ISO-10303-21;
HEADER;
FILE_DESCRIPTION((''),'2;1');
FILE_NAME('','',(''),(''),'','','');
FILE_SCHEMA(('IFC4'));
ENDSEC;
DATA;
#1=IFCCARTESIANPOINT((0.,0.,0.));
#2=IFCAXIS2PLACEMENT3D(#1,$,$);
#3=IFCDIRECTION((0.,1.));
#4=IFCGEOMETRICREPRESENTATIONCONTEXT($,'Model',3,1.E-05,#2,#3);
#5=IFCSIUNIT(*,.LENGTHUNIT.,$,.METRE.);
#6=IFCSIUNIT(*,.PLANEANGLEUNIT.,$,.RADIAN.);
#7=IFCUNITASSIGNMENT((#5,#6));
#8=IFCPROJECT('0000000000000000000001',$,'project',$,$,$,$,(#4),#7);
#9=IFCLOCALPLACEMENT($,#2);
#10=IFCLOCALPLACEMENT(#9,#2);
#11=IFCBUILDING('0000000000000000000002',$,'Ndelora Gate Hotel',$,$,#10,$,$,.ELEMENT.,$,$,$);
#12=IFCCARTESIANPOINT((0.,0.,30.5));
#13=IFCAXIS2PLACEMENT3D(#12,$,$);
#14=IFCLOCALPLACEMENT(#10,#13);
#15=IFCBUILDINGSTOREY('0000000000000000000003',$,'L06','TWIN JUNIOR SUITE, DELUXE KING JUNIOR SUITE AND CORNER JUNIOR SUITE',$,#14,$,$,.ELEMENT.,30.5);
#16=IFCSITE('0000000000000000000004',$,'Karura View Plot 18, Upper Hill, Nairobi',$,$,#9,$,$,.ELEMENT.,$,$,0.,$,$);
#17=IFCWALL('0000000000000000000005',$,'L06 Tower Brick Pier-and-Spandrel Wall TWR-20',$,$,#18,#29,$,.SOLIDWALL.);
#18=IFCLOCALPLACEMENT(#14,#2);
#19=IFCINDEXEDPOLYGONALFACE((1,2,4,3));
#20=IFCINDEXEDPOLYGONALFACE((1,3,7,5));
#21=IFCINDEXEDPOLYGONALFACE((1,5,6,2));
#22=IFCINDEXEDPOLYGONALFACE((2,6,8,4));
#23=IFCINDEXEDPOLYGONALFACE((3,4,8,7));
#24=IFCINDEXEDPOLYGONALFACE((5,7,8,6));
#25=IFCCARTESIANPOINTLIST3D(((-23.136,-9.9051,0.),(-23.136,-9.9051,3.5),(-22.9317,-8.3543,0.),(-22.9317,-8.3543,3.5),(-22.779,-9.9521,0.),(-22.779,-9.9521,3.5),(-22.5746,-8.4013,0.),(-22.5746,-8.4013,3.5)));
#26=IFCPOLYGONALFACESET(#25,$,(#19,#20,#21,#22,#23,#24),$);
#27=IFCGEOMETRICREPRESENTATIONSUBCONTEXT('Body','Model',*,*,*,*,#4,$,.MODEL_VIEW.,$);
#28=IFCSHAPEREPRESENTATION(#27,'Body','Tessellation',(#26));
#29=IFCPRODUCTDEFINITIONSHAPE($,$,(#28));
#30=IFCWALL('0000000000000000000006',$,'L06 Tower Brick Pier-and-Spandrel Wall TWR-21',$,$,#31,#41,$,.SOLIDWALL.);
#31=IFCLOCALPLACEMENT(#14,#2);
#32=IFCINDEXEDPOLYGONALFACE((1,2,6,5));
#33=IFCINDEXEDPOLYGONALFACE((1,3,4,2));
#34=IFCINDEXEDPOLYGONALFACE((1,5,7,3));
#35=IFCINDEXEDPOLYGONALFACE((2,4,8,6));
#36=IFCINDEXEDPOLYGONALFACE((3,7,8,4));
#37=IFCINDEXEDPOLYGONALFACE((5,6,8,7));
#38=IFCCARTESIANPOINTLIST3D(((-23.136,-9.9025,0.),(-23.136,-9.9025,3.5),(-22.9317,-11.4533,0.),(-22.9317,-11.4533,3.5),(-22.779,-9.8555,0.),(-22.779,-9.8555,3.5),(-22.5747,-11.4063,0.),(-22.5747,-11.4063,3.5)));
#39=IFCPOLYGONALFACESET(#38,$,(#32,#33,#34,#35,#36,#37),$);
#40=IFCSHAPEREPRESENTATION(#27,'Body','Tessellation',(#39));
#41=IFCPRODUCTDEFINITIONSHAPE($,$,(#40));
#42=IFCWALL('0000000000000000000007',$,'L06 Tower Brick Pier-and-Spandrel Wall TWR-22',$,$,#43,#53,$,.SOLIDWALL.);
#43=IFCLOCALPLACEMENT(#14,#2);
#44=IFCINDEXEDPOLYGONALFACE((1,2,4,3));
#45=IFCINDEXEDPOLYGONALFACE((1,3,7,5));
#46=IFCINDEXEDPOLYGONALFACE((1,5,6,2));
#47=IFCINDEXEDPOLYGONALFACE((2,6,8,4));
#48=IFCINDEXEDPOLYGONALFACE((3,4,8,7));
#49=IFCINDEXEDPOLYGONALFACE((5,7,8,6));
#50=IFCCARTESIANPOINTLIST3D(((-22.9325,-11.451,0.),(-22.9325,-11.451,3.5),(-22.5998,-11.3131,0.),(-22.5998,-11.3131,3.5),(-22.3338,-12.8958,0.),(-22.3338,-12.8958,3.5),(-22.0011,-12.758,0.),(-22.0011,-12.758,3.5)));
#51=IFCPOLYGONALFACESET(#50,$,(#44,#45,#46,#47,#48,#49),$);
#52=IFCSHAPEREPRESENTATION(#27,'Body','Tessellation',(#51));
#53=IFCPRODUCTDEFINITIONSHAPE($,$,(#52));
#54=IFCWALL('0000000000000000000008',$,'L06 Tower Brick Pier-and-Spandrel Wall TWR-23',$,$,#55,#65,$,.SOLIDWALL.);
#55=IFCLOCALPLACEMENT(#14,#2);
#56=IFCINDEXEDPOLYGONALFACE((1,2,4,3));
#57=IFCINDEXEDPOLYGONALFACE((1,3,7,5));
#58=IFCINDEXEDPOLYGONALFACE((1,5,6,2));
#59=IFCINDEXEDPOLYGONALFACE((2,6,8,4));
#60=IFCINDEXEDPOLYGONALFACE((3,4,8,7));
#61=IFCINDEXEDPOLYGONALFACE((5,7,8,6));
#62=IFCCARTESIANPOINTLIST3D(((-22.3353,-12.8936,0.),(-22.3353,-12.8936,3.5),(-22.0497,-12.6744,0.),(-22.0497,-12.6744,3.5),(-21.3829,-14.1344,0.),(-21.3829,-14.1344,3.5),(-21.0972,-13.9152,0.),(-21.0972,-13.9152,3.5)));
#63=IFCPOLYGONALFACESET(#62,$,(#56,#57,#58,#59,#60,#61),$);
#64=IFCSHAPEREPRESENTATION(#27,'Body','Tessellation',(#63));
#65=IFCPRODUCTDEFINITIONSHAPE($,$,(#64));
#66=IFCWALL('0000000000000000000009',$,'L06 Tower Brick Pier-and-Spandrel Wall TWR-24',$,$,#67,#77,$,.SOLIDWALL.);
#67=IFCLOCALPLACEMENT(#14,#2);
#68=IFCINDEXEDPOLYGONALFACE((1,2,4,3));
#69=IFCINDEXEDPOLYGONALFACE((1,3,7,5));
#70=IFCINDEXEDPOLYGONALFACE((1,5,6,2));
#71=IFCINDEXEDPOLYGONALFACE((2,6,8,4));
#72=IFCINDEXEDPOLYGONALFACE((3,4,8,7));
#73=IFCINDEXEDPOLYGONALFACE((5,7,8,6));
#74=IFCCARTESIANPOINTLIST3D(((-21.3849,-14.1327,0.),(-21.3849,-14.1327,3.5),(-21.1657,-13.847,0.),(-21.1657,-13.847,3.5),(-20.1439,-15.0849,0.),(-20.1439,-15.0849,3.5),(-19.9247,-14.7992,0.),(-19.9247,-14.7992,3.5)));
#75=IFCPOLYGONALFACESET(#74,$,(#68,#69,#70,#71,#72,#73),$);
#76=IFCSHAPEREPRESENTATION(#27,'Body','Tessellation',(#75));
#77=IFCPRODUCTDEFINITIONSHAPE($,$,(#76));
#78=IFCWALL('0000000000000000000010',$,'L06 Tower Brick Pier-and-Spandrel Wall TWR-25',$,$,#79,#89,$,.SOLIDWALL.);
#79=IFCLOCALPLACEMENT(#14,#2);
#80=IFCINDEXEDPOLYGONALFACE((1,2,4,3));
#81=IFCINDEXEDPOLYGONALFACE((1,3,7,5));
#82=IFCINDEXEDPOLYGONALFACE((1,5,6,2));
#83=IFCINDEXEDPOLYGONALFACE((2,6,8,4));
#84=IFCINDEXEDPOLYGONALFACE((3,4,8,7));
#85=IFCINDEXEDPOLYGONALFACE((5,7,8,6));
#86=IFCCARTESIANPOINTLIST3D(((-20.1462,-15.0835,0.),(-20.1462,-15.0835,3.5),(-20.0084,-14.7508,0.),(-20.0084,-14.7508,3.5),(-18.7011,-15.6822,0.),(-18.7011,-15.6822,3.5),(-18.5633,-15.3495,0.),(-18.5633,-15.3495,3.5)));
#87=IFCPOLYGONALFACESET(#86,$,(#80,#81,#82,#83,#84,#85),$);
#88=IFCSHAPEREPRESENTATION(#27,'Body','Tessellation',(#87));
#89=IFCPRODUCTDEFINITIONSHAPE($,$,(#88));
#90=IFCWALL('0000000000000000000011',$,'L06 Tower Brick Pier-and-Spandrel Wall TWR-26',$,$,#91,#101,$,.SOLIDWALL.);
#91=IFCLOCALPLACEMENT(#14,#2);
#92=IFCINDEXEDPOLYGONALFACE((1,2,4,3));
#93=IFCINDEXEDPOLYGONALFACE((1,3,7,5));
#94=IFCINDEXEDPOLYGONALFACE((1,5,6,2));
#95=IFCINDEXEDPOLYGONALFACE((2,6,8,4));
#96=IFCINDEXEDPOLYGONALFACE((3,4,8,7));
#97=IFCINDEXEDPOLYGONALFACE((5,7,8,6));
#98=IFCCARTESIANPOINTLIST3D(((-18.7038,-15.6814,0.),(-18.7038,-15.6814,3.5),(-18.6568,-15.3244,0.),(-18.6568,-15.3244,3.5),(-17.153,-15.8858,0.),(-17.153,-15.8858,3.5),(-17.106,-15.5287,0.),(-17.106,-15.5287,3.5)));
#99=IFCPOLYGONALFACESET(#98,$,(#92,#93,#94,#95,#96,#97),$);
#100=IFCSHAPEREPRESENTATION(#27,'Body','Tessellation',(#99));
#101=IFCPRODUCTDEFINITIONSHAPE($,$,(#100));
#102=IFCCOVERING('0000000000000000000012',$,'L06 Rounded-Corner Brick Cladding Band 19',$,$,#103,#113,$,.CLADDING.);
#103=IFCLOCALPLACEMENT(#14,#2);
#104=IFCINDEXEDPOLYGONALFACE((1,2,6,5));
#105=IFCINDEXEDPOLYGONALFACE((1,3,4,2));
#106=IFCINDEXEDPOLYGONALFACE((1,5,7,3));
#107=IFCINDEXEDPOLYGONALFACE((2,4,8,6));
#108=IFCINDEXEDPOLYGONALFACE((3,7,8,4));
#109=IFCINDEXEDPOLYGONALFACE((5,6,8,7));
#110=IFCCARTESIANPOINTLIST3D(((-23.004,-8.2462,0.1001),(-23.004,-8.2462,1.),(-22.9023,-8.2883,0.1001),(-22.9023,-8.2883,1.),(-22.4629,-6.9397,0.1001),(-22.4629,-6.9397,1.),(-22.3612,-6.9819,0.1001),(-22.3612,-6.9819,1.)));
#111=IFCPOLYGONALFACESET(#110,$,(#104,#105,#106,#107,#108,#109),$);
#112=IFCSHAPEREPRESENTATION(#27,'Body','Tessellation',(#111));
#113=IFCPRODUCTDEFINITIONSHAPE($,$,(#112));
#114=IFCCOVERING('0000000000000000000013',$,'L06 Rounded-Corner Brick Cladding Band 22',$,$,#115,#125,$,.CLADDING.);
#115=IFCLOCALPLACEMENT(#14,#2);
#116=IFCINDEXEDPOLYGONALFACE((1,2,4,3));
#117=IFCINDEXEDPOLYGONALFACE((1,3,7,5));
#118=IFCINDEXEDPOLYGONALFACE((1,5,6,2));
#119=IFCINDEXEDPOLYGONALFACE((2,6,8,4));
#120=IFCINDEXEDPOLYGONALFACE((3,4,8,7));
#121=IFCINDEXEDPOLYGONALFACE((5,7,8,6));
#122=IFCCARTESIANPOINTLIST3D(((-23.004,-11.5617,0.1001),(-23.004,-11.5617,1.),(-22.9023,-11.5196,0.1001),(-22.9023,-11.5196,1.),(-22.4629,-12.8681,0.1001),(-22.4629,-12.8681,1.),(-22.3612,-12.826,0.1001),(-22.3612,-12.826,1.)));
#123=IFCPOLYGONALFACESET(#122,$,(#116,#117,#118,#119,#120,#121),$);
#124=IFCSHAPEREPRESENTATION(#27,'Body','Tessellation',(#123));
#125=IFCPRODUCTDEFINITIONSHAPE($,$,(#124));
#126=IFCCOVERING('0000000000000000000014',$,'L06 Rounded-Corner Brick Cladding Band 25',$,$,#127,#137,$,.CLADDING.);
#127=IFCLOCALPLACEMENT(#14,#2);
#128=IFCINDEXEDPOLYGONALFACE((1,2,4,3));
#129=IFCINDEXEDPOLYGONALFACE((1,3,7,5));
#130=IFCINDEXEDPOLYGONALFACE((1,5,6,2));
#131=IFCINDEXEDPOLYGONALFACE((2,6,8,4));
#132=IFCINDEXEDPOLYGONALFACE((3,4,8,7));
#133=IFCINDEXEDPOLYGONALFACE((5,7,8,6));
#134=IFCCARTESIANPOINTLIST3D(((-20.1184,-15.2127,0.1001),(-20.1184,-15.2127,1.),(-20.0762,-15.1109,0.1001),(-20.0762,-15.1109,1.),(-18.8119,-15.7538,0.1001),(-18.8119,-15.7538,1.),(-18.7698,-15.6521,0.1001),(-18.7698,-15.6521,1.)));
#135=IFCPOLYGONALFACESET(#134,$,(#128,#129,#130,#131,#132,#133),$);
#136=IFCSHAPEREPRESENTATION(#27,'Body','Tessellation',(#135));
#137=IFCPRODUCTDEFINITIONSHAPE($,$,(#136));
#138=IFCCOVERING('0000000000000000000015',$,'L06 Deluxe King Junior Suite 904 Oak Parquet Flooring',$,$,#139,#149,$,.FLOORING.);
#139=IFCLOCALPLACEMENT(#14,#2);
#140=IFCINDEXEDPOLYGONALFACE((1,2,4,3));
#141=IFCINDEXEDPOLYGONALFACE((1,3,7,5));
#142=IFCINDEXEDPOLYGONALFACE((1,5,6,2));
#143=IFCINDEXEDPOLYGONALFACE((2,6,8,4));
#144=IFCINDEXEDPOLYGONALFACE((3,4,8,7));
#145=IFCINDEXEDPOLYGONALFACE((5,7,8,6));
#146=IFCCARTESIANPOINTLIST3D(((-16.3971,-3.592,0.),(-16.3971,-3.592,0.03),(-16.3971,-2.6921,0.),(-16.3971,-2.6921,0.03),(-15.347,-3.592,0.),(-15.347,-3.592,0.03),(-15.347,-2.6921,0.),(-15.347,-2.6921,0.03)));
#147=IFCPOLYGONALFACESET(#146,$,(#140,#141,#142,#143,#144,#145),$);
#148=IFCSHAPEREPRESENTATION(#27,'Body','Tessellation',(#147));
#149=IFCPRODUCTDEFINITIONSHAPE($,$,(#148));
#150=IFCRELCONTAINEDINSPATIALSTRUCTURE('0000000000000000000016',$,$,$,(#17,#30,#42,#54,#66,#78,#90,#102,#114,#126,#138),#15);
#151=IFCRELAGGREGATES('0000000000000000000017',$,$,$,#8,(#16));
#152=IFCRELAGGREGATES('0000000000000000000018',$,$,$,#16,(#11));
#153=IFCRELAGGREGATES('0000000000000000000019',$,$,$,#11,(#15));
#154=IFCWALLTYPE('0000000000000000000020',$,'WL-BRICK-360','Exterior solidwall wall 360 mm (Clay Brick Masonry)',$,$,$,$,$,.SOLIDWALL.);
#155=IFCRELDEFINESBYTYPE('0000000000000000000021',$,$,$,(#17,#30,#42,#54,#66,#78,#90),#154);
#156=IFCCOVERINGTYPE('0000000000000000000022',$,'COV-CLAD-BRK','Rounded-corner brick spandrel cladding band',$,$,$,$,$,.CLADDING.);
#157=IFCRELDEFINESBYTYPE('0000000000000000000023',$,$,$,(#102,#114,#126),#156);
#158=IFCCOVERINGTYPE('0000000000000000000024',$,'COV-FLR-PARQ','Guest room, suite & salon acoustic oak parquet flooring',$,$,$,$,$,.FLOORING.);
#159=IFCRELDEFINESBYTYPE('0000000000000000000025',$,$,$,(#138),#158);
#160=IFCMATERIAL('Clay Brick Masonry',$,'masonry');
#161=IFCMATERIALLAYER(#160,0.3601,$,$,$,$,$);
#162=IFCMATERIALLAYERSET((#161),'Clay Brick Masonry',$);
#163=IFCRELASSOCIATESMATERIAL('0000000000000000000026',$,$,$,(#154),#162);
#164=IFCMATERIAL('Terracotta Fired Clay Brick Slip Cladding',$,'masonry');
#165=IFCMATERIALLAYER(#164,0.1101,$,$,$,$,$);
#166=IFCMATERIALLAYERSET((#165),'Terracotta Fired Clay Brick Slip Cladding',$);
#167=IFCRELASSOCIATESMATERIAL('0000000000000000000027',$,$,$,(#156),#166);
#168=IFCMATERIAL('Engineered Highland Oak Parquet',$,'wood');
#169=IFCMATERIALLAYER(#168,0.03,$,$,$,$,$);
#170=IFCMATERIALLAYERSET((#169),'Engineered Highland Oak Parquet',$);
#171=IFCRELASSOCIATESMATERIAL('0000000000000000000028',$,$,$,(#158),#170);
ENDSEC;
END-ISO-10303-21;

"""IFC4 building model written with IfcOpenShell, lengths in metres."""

from ifc_helpers import new_model, si_unit, direction, frame, frame_2d, origin, origin_2d, place, context, subcontext, project, spatial, rectangle, extrude, material, layer, layer_set, type_object, element, save


model = new_model("IFC4")

# Units and contexts
model_context = context("Model", 3, precision=1e-05, world=origin(), true_north=direction((0.0, 1.0)))
body_context = subcontext(model_context, "Body", "Model", "MODEL_VIEW")
ifc_project = project(units=[si_unit("LENGTHUNIT", "METRE"), si_unit("PLANEANGLEUNIT", "RADIAN")], contexts=[model_context])

# Site, building, storey
site_placement = place(None, origin())
site = spatial("IfcSite", under=ifc_project, at=site_placement, Name="Karura View Plot 18, Upper Hill, Nairobi", CompositionType="ELEMENT", RefElevation=0.0)
building_placement = place(site_placement, origin())
building = spatial("IfcBuilding", under=site, at=building_placement, Name="Ndelora Gate Hotel", CompositionType="ELEMENT")
storey_placement = place(building_placement, frame((0.0, 0.0, 30.5)))
storey = spatial("IfcBuildingStorey", under=building, at=storey_placement, Name="L06", Description="TWIN JUNIOR SUITE, DELUXE KING JUNIOR SUITE AND CORNER JUNIOR SUITE", CompositionType="ELEMENT", Elevation=30.5)

# Shared definitions
ifc_material_1 = material(Name="Clay Brick Masonry", Category="masonry")
ifc_layer_1 = layer(ifc_material_1, 0.3601)
ifc_layer_set_1 = layer_set([ifc_layer_1], Name="Clay Brick Masonry")
wall_type = type_object("IfcWallType", Name="WL-BRICK-360", Description="Exterior solidwall wall 360 mm (Clay Brick Masonry)", PredefinedType="SOLIDWALL", material=ifc_layer_set_1)

# Walls
for number, where, z_axis, x_axis, name in (
    (1, (-22.9575, -9.9287, 0.0), (0.0, 0.0, 1.0), (0.13064, 0.99143, 0.0), "L06 Tower Brick Pier-and-Spandrel Wall TWR-20"),
    (2, (-22.7532, -11.4299, 0.0), (0.0, 0.0, 1.0), (-0.13064, 0.99143, 0.0), "L06 Tower Brick Pier-and-Spandrel Wall TWR-21"),
):
    element("IfcWall", number, at=place(storey_placement, frame(where, z_axis=z_axis, x_axis=x_axis)), inside=storey, type_object=wall_type, Name=name, PredefinedType="SOLIDWALL", context=body_context, shape_type="SweptSolid", body=[
        extrude(rectangle(XDim=1.5642, YDim=0.3601, at=frame_2d((0.7822, 0.0))), origin(), (0.0, 0.0, 1.0), 3.5),
    ])
wall_1_placement = place(storey_placement, frame((-22.1675, -12.8269, 0.0), z_axis=(0.0, 0.0, 1.0), x_axis=(-0.382775, 0.923842, 0.0)))
element("IfcWall", 3, at=wall_1_placement, inside=storey, type_object=wall_type, Name="L06 Tower Brick Pier-and-Spandrel Wall TWR-22", PredefinedType="SOLIDWALL", context=body_context, shape_type="SweptSolid", body=[
    extrude(rectangle(XDim=1.564, YDim=0.3601, at=frame_2d((0.782, 0.0))), origin(), (0.0, 0.0, 1.0), 3.5),
])
for number, where, z_axis, x_axis, name in (
    (4, (-21.24, -14.0249, 0.0), (0.0, 0.0, 1.0), (-0.608903, 0.793244, 0.0), "L06 Tower Brick Pier-and-Spandrel Wall TWR-23"),
    (5, (-20.0342, -14.9421, 0.0), (0.0, 0.0, 1.0), (-0.793378, 0.60873, 0.0), "L06 Tower Brick Pier-and-Spandrel Wall TWR-24"),
    (6, (-18.6321, -15.5159, 0.0), (0.0, 0.0, 1.0), (-0.923865, 0.382719, 0.0), "L06 Tower Brick Pier-and-Spandrel Wall TWR-25"),
    (7, (-17.1294, -15.7073, 0.0), (0.0, 0.0, 1.0), (-0.99143, 0.13064, 0.0), "L06 Tower Brick Pier-and-Spandrel Wall TWR-26"),
):
    element("IfcWall", number, at=place(storey_placement, frame(where, z_axis=z_axis, x_axis=x_axis)), inside=storey, type_object=wall_type, Name=name, PredefinedType="SOLIDWALL", context=body_context, shape_type="SweptSolid", body=[
        extrude(rectangle(XDim=1.5642, YDim=0.3601, at=frame_2d((0.7822, 0.0))), origin(), (0.0, 0.0, 1.0), 3.5),
    ])

# Coverings
ifc_material_2 = material(Name="Terracotta Fired Clay Brick Slip Cladding", Category="masonry")
ifc_layer_2 = layer(ifc_material_2, 0.1101)
ifc_layer_set_2 = layer_set([ifc_layer_2], Name="Terracotta Fired Clay Brick Slip Cladding")
covering_type_1 = type_object("IfcCoveringType", Name="COV-CLAD-BRK", Description="Rounded-corner brick spandrel cladding band", PredefinedType="CLADDING", material=ifc_layer_set_2)
for number, where, z_axis, x_axis, name in (
    (8, (-22.6826, -7.614, 0.1001), (0.0, 0.0, 1.0), (0.382683, 0.92388, 0.0), "L06 Rounded-Corner Brick Cladding Band 19"),
    (9, (-22.6826, -12.1938, 0.1001), (0.0, 0.0, 1.0), (-0.382683, 0.92388, 0.0), "L06 Rounded-Corner Brick Cladding Band 22"),
    (10, (-19.4441, -15.4324, 0.1001), (0.0, 0.0, 1.0), (-0.92388, 0.382683, 0.0), "L06 Rounded-Corner Brick Cladding Band 25"),
):
    element("IfcCovering", number, at=place(storey_placement, frame(where, z_axis=z_axis, x_axis=x_axis)), inside=storey, type_object=covering_type_1, Name=name, PredefinedType="CLADDING", context=body_context, shape_type="SweptSolid", body=[
        extrude(rectangle(XDim=1.4141, YDim=0.1101, at=origin_2d()), origin(), (0.0, 0.0, 1.0), 0.8999),
    ])
ifc_material_3 = material(Name="Engineered Highland Oak Parquet", Category="wood")
ifc_layer_3 = layer(ifc_material_3, 0.03)
ifc_layer_set_3 = layer_set([ifc_layer_3], Name="Engineered Highland Oak Parquet")
covering_type_2 = type_object("IfcCoveringType", Name="COV-FLR-PARQ", Description="Guest room, suite & salon acoustic oak parquet flooring", PredefinedType="FLOORING", material=ifc_layer_set_3)
covering_placement = place(storey_placement, frame((-15.8721, -3.1421, 0.0), z_axis=(0.0, 0.0, 1.0), x_axis=(1.0, 0.0, 0.0)))
element("IfcCovering", 11, at=covering_placement, inside=storey, type_object=covering_type_2, Name="L06 Deluxe King Junior Suite 904 Oak Parquet Flooring", PredefinedType="FLOORING", context=body_context, shape_type="SweptSolid", body=[
    extrude(rectangle(XDim=1.05, YDim=0.8999, at=origin_2d()), origin(), (0.0, 0.0, 1.0), 0.03),
])

save(model, "model.ifc")
